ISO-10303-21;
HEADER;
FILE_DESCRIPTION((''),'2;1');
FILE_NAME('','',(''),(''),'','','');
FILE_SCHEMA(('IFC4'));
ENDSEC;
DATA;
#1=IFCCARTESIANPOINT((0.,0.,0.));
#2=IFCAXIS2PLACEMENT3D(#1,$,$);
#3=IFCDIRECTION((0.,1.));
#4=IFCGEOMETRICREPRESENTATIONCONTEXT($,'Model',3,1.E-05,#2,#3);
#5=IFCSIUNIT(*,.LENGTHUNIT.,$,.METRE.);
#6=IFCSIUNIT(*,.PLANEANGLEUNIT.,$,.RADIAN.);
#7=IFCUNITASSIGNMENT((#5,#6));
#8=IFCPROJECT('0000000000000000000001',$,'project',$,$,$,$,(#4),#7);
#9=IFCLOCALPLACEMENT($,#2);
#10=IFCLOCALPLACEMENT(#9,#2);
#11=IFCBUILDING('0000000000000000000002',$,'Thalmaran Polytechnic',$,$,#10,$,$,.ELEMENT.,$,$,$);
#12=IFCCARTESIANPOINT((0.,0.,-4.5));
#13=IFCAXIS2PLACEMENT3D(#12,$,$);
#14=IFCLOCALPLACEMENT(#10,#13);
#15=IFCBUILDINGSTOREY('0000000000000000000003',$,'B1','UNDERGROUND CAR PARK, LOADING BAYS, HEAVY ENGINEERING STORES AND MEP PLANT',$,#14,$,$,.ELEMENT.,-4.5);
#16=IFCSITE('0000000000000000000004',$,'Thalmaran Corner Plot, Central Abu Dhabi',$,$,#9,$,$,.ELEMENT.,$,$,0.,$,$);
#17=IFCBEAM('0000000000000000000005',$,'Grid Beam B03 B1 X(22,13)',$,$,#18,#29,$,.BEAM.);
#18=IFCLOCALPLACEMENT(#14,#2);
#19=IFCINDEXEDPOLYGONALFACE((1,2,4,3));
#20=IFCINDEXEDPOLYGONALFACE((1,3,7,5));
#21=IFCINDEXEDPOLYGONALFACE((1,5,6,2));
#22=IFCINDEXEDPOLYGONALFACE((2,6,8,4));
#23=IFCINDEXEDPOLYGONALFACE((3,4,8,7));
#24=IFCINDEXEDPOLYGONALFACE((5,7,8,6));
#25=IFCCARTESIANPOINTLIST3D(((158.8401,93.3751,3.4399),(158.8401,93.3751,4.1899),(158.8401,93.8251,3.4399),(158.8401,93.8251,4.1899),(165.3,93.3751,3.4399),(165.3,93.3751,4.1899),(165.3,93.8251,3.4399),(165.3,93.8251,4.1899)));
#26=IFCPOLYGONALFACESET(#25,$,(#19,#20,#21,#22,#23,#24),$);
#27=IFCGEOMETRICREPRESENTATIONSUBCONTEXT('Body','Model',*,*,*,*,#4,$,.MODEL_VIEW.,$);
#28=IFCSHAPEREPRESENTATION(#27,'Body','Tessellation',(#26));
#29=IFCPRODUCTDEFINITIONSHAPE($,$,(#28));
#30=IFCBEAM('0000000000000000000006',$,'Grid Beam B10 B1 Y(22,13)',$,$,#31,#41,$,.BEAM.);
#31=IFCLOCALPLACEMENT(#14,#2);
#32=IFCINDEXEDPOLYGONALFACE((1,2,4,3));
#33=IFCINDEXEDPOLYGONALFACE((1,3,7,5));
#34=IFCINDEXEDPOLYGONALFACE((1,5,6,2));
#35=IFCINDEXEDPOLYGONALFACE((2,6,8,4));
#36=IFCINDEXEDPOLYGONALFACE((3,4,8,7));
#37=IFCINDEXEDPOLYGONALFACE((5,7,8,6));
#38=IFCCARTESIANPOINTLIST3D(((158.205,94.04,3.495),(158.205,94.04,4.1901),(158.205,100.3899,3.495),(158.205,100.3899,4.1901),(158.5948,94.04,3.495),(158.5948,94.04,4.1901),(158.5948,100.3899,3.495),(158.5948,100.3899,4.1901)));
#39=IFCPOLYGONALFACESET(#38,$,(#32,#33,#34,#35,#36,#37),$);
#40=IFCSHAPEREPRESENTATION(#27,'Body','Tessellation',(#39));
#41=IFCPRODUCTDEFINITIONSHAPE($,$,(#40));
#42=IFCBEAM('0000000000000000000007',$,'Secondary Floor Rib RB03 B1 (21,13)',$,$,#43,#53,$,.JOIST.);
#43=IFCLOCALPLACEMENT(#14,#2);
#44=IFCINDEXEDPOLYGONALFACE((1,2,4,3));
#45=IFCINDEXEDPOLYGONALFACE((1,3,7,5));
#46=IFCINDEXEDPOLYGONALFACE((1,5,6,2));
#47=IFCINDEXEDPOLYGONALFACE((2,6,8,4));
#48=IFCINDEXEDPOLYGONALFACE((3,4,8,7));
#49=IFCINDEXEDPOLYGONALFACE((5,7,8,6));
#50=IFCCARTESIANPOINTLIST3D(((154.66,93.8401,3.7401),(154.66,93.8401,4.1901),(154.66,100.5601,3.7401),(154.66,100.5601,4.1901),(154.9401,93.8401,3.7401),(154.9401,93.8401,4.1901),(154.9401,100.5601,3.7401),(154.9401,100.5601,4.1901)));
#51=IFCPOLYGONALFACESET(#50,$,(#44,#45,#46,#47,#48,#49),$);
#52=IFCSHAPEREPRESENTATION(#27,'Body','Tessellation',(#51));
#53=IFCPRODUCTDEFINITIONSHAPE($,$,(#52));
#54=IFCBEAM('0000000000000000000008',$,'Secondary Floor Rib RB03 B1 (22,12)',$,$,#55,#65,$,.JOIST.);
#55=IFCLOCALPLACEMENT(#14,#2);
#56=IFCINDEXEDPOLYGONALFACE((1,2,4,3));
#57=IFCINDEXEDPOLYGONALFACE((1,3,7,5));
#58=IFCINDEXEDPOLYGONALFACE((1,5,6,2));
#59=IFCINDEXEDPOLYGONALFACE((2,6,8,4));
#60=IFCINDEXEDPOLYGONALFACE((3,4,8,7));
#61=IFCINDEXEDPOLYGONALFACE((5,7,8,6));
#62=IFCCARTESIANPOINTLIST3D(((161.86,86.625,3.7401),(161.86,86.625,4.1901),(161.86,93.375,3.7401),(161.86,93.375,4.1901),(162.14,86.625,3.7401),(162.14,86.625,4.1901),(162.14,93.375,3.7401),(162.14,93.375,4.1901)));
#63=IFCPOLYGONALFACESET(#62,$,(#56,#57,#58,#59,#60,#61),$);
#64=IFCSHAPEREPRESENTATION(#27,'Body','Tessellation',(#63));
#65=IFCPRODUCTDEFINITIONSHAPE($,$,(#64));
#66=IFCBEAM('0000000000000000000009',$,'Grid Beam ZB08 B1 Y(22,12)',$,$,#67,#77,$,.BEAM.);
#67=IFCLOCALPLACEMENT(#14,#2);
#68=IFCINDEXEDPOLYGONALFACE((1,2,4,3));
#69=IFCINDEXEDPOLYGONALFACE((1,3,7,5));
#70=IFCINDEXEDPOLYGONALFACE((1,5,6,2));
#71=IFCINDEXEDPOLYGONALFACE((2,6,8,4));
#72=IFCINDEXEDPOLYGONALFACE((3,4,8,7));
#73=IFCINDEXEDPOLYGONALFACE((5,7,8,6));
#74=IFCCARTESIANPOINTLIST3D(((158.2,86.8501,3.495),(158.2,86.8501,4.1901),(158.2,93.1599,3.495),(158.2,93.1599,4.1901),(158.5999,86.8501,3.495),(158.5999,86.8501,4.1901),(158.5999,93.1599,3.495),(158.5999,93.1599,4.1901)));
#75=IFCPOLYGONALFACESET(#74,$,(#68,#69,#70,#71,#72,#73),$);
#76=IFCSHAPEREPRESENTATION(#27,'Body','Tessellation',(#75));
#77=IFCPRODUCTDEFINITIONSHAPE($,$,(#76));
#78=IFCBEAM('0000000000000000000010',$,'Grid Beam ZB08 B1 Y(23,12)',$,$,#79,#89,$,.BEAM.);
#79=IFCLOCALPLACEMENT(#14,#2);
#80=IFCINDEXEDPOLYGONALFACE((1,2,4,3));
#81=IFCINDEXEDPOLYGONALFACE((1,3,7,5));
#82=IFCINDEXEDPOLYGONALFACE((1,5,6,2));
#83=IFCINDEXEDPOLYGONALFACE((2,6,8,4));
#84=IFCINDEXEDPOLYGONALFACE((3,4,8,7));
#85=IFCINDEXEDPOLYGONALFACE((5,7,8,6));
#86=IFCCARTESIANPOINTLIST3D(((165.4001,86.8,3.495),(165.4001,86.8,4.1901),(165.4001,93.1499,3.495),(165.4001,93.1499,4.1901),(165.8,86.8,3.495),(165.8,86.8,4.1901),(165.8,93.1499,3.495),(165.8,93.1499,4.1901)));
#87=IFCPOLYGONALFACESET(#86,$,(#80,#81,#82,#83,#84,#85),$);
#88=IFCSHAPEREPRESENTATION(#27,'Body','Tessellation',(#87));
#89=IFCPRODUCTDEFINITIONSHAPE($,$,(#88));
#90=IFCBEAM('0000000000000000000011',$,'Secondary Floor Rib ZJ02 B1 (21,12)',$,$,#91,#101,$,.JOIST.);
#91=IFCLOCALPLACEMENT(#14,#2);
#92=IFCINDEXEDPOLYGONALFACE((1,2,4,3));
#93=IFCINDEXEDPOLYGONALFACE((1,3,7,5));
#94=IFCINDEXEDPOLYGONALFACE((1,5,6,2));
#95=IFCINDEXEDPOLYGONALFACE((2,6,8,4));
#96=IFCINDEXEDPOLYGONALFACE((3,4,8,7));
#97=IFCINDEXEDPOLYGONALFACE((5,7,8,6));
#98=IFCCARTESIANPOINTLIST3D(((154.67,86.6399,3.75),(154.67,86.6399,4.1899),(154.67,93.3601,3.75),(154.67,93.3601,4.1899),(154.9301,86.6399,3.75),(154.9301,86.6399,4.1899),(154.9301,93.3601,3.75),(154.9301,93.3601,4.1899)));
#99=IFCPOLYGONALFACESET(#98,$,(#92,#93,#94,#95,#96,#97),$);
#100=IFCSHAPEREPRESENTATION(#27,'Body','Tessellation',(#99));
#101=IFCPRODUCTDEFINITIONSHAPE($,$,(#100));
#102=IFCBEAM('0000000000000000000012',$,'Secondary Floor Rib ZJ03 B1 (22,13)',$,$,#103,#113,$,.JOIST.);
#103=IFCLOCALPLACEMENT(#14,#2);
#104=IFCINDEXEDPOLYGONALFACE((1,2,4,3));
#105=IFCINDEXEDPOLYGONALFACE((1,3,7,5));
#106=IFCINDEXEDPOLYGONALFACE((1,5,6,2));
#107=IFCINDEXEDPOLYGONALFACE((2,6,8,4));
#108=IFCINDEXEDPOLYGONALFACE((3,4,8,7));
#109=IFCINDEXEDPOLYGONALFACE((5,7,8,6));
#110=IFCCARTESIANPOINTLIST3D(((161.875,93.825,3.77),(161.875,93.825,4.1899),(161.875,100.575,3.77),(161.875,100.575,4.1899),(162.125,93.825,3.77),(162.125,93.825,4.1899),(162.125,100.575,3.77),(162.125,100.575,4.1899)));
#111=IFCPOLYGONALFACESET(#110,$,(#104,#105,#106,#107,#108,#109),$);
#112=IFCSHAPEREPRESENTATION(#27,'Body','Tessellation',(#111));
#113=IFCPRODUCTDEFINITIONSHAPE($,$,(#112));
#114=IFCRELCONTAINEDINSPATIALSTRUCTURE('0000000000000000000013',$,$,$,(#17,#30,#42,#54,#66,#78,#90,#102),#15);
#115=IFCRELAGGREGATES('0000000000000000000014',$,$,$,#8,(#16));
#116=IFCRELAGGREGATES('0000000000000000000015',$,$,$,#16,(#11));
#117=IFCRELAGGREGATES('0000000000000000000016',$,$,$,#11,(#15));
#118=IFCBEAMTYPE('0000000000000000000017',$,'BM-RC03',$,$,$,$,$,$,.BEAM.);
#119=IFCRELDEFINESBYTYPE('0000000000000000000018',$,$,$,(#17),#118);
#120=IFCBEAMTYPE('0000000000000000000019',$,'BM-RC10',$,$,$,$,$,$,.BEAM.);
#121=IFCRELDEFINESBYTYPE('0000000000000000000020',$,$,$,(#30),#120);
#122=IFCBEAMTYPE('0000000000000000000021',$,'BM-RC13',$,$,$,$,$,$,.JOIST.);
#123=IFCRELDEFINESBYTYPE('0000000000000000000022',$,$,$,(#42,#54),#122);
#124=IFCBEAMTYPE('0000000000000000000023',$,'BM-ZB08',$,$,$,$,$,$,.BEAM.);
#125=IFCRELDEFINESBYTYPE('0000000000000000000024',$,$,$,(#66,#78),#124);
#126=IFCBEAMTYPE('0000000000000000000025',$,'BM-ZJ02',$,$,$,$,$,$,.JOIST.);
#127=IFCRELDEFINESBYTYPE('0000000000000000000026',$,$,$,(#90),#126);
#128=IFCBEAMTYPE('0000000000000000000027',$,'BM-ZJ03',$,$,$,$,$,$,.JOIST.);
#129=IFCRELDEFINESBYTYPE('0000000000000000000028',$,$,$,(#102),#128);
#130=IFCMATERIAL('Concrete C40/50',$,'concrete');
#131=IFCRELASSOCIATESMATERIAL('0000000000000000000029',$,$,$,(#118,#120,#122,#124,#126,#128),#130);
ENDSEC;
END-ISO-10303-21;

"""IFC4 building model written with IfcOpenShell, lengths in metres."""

from ifc_helpers import new_model, si_unit, direction, frame, origin, origin_2d, place, context, subcontext, project, spatial, rectangle, extrude, material, material_profile, profile_set, type_object, element, save


model = new_model("IFC4")

# Units and contexts
model_context = context("Model", 3, precision=1e-05, world=origin(), true_north=direction((0.0, 1.0)))
body_context = subcontext(model_context, "Body", "Model", "MODEL_VIEW")
ifc_project = project(units=[si_unit("LENGTHUNIT", "METRE"), si_unit("PLANEANGLEUNIT", "RADIAN")], contexts=[model_context])

# Site, building, storey
site_placement = place(None, origin())
site = spatial("IfcSite", under=ifc_project, at=site_placement, Name="Thalmaran Corner Plot, Central Abu Dhabi", CompositionType="ELEMENT", RefElevation=0.0)
building_placement = place(site_placement, origin())
building = spatial("IfcBuilding", under=site, at=building_placement, Name="Thalmaran Polytechnic", CompositionType="ELEMENT")
storey_placement = place(building_placement, frame((0.0, 0.0, -4.5)))
storey = spatial("IfcBuildingStorey", under=building, at=storey_placement, Name="B1", Description="UNDERGROUND CAR PARK, LOADING BAYS, HEAVY ENGINEERING STORES AND MEP PLANT", CompositionType="ELEMENT", Elevation=-4.5)

# Shared definitions
ifc_material_1 = material(Name="Concrete C40/50", Category="concrete")

# Beams
ifc_material_profile_1 = material_profile(ifc_material_1, rectangle(XDim=0.45, YDim=0.75, at=origin_2d()), Name="RC 450x750")
ifc_profile_set_1 = profile_set([ifc_material_profile_1], Name="Concrete C40/50")
beam_type_1 = type_object("IfcBeamType", Name="BM-RC03", PredefinedType="BEAM", material=ifc_profile_set_1)
beam_1_placement = place(storey_placement, frame((158.8401, 93.6001, 3.8149), z_axis=(1.0, 0.0, 0.0), x_axis=(0.0, 1.0, 0.0)))
element("IfcBeam", 1, at=beam_1_placement, inside=storey, type_object=beam_type_1, Name="Grid Beam B03 B1 X(22,13)", PredefinedType="BEAM", context=body_context, shape_type="SweptSolid", body=[
    extrude(rectangle(XDim=0.45, YDim=0.75, at=origin_2d()), origin(), (0.0, 0.0, 1.0), 6.46),
])
ifc_material_profile_2 = material_profile(ifc_material_1, rectangle(XDim=0.3899, YDim=0.6951, at=origin_2d()), Name="RC 390x695")
ifc_profile_set_2 = profile_set([ifc_material_profile_2], Name="Concrete C40/50")
beam_type_2 = type_object("IfcBeamType", Name="BM-RC10", PredefinedType="BEAM", material=ifc_profile_set_2)
beam_2_placement = place(storey_placement, frame((158.3999, 94.04, 3.8425), z_axis=(0.0, 1.0, 0.0), x_axis=(-1.0, 0.0, 0.0)))
element("IfcBeam", 2, at=beam_2_placement, inside=storey, type_object=beam_type_2, Name="Grid Beam B10 B1 Y(22,13)", PredefinedType="BEAM", context=body_context, shape_type="SweptSolid", body=[
    extrude(rectangle(XDim=0.3899, YDim=0.6951, at=origin_2d()), origin(), (0.0, 0.0, 1.0), 6.3499),
])
ifc_material_profile_3 = material_profile(ifc_material_1, rectangle(XDim=0.28, YDim=0.45, at=origin_2d()), Name="RC 280x450")
ifc_profile_set_3 = profile_set([ifc_material_profile_3], Name="Concrete C40/50")
beam_type_3 = type_object("IfcBeamType", Name="BM-RC13", PredefinedType="JOIST", material=ifc_profile_set_3)
beam_3_placement = place(storey_placement, frame((154.8, 93.8401, 3.9651), z_axis=(0.0, 1.0, 0.0), x_axis=(-1.0, 0.0, 0.0)))
element("IfcBeam", 3, at=beam_3_placement, inside=storey, type_object=beam_type_3, Name="Secondary Floor Rib RB03 B1 (21,13)", PredefinedType="JOIST", context=body_context, shape_type="SweptSolid", body=[
    extrude(rectangle(XDim=0.28, YDim=0.45, at=origin_2d()), origin(), (0.0, 0.0, 1.0), 6.72),
])
beam_4_placement = place(storey_placement, frame((162.0, 86.625, 3.9651), z_axis=(0.0, 1.0, 0.0), x_axis=(-1.0, 0.0, 0.0)))
element("IfcBeam", 4, at=beam_4_placement, inside=storey, type_object=beam_type_3, Name="Secondary Floor Rib RB03 B1 (22,12)", PredefinedType="JOIST", context=body_context, shape_type="SweptSolid", body=[
    extrude(rectangle(XDim=0.28, YDim=0.45, at=origin_2d()), origin(), (0.0, 0.0, 1.0), 6.75),
])
ifc_material_profile_4 = material_profile(ifc_material_1, rectangle(XDim=0.3999, YDim=0.6951, at=origin_2d()), Name="RC 400x695")
ifc_profile_set_4 = profile_set([ifc_material_profile_4], Name="Concrete C40/50")
beam_type_4 = type_object("IfcBeamType", Name="BM-ZB08", PredefinedType="BEAM", material=ifc_profile_set_4)
beam_5_placement = place(storey_placement, frame((158.3999, 86.8501, 3.8425), z_axis=(0.0, 1.0, 0.0), x_axis=(-1.0, 0.0, 0.0)))
element("IfcBeam", 5, at=beam_5_placement, inside=storey, type_object=beam_type_4, Name="Grid Beam ZB08 B1 Y(22,12)", PredefinedType="BEAM", context=body_context, shape_type="SweptSolid", body=[
    extrude(rectangle(XDim=0.3999, YDim=0.6951, at=origin_2d()), origin(), (0.0, 0.0, 1.0), 6.3098),
])
beam_6_placement = place(storey_placement, frame((165.6001, 86.8, 3.8425), z_axis=(0.0, 1.0, 0.0), x_axis=(-1.0, 0.0, 0.0)))
element("IfcBeam", 6, at=beam_6_placement, inside=storey, type_object=beam_type_4, Name="Grid Beam ZB08 B1 Y(23,12)", PredefinedType="BEAM", context=body_context, shape_type="SweptSolid", body=[
    extrude(rectangle(XDim=0.3999, YDim=0.6951, at=origin_2d()), origin(), (0.0, 0.0, 1.0), 6.3499),
])
ifc_material_profile_5 = material_profile(ifc_material_1, rectangle(XDim=0.26, YDim=0.4399, at=origin_2d()), Name="RC 260x440")
ifc_profile_set_5 = profile_set([ifc_material_profile_5], Name="Concrete C40/50")
beam_type_5 = type_object("IfcBeamType", Name="BM-ZJ02", PredefinedType="JOIST", material=ifc_profile_set_5)
beam_7_placement = place(storey_placement, frame((154.8, 86.6399, 3.97), z_axis=(0.0, 1.0, 0.0), x_axis=(-1.0, 0.0, 0.0)))
element("IfcBeam", 7, at=beam_7_placement, inside=storey, type_object=beam_type_5, Name="Secondary Floor Rib ZJ02 B1 (21,12)", PredefinedType="JOIST", context=body_context, shape_type="SweptSolid", body=[
    extrude(rectangle(XDim=0.26, YDim=0.4399, at=origin_2d()), origin(), (0.0, 0.0, 1.0), 6.7202),
])
ifc_material_profile_6 = material_profile(ifc_material_1, rectangle(XDim=0.25, YDim=0.4199, at=origin_2d()), Name="RC 250x420")
ifc_profile_set_6 = profile_set([ifc_material_profile_6], Name="Concrete C40/50")
beam_type_6 = type_object("IfcBeamType", Name="BM-ZJ03", PredefinedType="JOIST", material=ifc_profile_set_6)
beam_8_placement = place(storey_placement, frame((162.0, 93.825, 3.98), z_axis=(0.0, 1.0, 0.0), x_axis=(-1.0, 0.0, 0.0)))
element("IfcBeam", 8, at=beam_8_placement, inside=storey, type_object=beam_type_6, Name="Secondary Floor Rib ZJ03 B1 (22,13)", PredefinedType="JOIST", context=body_context, shape_type="SweptSolid", body=[
    extrude(rectangle(XDim=0.25, YDim=0.4199, at=origin_2d()), origin(), (0.0, 0.0, 1.0), 6.75),
])

save(model, "model.ifc")
